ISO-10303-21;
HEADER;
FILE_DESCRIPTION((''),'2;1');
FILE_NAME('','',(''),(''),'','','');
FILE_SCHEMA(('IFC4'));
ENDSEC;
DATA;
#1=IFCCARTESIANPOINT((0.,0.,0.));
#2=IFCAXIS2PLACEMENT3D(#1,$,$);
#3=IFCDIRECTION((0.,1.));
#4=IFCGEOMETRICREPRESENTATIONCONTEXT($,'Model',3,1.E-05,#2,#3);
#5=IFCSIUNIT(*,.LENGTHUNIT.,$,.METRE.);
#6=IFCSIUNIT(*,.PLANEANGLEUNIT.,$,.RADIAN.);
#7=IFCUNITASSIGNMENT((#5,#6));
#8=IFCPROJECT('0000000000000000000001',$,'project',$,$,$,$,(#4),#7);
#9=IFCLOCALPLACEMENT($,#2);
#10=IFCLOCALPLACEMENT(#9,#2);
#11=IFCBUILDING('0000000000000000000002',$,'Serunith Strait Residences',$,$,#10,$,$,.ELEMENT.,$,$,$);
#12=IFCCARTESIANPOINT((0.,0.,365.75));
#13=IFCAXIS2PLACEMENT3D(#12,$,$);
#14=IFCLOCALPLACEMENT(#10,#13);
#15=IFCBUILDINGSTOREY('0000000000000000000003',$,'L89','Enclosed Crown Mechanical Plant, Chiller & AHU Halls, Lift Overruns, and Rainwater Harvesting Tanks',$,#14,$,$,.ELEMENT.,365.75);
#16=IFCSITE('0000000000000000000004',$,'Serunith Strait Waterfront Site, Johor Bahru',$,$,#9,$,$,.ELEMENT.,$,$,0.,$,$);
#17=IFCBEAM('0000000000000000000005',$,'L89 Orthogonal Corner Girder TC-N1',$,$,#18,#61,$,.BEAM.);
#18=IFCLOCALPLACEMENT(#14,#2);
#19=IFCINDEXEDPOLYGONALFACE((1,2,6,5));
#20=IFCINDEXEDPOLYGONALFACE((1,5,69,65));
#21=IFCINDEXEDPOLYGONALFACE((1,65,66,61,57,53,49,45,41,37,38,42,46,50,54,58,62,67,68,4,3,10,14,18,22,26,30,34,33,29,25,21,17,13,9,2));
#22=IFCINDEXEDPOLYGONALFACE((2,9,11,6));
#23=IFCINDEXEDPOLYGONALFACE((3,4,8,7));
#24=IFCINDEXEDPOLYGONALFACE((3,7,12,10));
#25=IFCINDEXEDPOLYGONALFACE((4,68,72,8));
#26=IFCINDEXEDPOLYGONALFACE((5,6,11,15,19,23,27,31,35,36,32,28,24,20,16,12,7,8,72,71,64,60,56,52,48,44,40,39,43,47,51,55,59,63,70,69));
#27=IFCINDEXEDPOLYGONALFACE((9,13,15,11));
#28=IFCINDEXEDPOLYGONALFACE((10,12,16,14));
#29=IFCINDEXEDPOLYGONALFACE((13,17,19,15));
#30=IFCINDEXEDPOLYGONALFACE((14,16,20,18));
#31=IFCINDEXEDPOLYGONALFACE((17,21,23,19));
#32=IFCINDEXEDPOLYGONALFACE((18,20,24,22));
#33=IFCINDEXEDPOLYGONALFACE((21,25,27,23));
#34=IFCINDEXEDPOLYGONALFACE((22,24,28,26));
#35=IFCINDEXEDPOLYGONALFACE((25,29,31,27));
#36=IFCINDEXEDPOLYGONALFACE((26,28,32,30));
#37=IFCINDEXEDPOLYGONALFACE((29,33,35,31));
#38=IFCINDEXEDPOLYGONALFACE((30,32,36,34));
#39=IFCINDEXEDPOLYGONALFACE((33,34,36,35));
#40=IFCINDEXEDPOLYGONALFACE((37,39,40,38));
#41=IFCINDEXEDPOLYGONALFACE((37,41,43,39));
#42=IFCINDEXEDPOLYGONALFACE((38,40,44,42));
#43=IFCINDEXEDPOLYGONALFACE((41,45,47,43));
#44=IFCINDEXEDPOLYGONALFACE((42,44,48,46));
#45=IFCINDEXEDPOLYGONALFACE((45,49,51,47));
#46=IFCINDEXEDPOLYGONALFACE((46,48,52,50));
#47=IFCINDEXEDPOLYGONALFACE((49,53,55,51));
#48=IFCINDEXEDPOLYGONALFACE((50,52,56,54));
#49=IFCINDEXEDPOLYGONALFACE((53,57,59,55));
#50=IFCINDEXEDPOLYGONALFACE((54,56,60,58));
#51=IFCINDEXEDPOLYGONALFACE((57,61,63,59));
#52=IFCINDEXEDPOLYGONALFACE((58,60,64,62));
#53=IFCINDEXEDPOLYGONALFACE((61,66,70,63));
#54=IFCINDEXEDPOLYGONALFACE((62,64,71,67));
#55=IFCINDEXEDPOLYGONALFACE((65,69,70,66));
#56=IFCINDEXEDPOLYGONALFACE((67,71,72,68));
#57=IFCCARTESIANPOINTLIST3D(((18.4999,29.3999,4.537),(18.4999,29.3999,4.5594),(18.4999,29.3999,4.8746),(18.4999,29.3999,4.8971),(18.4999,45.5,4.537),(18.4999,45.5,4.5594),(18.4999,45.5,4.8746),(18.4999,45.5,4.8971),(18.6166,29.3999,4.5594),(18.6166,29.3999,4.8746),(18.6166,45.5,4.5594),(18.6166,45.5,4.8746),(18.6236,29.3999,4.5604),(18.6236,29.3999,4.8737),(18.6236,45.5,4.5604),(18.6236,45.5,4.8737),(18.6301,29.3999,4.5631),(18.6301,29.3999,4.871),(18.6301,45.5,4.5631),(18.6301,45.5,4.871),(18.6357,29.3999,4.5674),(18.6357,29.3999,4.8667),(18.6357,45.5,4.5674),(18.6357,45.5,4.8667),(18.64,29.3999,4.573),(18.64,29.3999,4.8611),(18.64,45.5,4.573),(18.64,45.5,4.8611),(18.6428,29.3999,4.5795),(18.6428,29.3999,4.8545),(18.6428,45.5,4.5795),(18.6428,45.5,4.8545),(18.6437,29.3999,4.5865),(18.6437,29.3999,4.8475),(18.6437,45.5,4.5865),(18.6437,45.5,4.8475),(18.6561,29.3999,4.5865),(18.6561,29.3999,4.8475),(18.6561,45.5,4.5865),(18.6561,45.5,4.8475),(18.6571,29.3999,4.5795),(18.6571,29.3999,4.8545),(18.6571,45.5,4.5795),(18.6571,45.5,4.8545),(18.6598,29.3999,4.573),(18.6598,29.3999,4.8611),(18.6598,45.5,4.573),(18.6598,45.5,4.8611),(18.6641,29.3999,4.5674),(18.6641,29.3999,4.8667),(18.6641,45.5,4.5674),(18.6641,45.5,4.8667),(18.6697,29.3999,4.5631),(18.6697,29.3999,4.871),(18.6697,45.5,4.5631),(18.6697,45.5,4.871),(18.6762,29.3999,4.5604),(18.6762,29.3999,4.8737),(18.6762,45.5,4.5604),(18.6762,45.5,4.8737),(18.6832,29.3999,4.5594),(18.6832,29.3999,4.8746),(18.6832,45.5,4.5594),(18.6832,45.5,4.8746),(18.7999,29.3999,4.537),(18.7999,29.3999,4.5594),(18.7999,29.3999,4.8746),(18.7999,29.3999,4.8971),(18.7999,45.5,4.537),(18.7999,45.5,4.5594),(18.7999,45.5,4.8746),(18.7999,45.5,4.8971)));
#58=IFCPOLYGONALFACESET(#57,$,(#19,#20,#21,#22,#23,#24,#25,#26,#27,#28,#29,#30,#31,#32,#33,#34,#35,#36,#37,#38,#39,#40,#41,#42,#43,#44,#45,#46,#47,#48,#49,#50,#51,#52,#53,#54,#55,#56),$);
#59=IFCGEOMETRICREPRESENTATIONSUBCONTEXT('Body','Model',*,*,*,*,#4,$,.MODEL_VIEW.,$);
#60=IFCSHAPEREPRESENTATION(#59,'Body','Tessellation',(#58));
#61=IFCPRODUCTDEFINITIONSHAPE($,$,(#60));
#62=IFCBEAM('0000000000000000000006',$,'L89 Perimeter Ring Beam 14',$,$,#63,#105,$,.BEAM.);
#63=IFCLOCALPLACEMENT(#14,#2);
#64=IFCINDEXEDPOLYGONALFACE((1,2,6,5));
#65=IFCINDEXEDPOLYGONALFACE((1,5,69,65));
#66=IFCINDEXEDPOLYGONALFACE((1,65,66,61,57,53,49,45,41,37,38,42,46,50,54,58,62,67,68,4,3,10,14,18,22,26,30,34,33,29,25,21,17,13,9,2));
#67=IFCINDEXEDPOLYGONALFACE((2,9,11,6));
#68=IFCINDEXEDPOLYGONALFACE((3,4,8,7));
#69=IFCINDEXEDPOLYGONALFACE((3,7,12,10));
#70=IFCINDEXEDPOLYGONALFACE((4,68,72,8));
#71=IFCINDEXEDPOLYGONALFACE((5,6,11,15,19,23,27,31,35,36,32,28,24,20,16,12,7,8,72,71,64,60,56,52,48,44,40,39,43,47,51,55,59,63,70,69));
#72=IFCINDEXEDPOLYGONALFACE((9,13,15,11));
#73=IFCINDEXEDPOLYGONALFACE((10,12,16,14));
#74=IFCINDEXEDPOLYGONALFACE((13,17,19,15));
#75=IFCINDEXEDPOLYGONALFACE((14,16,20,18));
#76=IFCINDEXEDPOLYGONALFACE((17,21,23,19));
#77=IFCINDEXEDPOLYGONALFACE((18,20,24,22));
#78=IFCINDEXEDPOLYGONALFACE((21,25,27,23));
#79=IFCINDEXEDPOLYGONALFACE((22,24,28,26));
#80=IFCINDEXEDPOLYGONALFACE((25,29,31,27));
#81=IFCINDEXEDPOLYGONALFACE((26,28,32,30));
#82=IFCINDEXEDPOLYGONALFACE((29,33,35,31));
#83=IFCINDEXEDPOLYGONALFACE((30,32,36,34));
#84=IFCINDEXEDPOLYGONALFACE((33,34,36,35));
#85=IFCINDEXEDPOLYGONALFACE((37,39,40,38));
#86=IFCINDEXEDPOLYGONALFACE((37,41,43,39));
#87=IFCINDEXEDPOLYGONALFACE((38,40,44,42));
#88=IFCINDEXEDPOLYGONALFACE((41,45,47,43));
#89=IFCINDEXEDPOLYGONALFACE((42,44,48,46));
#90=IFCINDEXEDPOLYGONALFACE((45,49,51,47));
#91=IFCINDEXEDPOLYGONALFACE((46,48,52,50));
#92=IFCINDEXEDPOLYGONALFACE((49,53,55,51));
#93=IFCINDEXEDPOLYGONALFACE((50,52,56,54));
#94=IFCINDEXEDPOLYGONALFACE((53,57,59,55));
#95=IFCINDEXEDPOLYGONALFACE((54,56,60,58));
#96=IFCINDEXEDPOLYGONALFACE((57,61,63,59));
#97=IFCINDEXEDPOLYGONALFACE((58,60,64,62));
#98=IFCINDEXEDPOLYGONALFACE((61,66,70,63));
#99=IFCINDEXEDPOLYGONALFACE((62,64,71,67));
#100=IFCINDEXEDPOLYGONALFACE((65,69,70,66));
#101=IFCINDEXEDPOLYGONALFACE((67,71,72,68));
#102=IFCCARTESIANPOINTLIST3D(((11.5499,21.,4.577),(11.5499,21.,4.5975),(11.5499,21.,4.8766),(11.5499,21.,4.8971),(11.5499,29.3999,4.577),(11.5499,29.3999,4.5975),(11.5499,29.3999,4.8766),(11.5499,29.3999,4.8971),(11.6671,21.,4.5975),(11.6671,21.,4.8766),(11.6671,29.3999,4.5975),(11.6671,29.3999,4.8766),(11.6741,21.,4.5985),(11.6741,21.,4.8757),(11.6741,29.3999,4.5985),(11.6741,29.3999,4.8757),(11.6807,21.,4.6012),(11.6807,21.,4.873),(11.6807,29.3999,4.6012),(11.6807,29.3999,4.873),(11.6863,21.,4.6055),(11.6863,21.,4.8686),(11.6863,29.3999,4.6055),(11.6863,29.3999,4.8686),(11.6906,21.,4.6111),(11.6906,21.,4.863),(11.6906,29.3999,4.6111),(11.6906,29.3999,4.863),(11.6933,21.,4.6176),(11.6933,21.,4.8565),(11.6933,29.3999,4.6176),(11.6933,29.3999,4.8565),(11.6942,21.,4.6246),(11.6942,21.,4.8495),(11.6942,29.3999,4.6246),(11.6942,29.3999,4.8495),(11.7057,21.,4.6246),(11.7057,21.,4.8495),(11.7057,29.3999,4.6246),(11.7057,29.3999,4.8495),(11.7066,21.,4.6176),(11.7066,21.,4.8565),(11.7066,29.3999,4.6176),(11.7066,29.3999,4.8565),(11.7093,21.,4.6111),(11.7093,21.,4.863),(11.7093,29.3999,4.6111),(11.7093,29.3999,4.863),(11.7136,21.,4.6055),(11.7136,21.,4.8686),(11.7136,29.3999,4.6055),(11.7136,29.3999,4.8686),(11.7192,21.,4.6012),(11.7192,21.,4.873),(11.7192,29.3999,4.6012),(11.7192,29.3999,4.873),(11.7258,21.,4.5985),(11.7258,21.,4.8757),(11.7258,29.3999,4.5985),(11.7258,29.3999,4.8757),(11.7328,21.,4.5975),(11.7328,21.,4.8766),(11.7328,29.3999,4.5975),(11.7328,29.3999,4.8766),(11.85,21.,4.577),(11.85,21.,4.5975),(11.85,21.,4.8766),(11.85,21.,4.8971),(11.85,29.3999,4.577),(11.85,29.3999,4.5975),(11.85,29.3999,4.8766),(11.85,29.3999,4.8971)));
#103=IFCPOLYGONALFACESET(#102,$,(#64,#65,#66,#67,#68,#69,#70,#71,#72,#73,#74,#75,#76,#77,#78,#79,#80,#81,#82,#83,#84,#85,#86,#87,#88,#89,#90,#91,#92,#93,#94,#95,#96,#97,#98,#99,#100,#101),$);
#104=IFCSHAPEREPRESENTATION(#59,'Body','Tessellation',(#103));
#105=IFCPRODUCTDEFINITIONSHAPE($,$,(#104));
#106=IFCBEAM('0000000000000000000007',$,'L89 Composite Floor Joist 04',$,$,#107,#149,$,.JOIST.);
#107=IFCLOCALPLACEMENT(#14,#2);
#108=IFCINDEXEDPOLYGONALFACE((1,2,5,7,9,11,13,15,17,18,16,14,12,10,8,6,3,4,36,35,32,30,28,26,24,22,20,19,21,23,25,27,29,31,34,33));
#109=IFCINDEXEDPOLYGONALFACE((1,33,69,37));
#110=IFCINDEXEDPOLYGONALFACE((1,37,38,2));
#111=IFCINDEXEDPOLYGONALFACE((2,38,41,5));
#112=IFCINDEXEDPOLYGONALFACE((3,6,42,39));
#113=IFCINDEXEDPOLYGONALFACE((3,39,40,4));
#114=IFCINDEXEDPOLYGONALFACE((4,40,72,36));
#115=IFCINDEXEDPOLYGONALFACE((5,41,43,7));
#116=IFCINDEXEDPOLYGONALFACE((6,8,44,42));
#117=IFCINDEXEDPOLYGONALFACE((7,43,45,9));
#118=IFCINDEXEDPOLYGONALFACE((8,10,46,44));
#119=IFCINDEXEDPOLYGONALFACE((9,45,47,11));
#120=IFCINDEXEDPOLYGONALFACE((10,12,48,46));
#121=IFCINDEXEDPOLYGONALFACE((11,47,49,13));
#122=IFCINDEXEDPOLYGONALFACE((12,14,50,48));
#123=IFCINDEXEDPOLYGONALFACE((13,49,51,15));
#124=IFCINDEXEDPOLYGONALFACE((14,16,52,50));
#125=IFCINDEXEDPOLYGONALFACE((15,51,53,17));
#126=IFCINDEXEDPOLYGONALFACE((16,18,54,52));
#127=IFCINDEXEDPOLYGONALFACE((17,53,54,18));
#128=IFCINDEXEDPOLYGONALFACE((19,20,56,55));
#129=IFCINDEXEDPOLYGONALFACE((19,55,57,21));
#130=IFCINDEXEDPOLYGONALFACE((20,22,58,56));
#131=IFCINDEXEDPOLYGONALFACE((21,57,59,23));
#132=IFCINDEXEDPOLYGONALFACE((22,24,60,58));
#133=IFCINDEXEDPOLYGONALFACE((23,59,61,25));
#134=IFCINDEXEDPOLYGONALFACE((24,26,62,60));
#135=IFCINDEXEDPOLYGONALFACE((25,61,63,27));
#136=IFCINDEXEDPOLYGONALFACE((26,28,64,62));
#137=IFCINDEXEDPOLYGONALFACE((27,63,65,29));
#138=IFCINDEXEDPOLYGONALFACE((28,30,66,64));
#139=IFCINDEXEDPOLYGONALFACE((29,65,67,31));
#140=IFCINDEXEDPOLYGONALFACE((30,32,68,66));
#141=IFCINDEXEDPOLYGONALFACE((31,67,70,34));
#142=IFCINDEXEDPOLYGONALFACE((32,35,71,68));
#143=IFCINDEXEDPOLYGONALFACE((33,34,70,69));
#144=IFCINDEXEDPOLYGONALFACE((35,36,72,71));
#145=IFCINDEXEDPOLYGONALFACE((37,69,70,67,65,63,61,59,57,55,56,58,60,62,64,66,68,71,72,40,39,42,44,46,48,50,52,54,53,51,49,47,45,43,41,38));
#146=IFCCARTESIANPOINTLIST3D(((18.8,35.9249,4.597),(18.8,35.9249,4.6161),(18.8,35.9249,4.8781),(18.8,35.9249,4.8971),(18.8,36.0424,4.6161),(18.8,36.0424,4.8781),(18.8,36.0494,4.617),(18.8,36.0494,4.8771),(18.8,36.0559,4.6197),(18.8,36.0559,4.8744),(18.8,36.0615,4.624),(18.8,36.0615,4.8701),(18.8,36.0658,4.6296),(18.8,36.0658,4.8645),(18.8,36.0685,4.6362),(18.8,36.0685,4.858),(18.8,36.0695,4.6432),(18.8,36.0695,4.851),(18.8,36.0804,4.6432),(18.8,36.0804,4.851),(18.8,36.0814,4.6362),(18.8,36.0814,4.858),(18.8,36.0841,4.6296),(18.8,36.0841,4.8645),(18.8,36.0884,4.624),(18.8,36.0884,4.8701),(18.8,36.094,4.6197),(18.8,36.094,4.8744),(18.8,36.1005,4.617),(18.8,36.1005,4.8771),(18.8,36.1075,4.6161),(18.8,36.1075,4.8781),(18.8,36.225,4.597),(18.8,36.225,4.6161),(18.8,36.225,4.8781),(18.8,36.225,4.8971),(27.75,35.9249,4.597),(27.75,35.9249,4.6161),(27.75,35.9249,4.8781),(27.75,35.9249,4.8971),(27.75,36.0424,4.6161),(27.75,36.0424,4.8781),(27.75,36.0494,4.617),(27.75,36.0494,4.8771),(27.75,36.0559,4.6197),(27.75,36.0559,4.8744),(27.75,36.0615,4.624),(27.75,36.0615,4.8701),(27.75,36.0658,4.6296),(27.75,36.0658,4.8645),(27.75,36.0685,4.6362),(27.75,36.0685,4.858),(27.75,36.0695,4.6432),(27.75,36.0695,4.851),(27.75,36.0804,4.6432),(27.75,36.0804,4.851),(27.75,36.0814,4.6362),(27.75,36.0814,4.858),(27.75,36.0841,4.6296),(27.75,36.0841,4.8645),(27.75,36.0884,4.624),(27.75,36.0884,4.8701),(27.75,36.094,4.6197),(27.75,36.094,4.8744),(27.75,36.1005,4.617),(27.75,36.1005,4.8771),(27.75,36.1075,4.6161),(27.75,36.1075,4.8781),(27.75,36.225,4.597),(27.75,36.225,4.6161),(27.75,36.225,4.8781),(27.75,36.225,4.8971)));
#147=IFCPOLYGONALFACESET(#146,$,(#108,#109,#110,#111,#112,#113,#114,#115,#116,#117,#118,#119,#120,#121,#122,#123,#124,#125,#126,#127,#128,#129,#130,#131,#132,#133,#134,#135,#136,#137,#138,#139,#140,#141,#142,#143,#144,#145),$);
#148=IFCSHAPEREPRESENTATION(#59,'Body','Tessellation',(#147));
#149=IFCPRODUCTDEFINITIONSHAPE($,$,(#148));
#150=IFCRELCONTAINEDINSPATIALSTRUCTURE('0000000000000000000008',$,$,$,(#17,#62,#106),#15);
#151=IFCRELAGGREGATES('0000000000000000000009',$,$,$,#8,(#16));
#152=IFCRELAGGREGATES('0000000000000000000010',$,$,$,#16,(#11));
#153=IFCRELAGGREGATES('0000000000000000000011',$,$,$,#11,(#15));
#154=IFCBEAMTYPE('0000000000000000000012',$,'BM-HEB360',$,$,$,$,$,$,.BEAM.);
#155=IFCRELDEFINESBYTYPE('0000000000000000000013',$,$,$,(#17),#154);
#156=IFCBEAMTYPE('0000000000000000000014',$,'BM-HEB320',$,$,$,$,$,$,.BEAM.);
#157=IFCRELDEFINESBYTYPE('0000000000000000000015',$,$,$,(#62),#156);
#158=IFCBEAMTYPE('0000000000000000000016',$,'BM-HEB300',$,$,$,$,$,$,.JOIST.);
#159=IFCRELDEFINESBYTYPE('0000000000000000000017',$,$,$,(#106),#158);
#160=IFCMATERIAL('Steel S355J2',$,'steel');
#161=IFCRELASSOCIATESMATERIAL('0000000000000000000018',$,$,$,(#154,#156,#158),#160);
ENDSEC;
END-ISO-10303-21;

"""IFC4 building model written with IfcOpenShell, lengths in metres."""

from ifc_helpers import new_model, si_unit, direction, frame, origin, origin_2d, place, context, subcontext, project, spatial, i_section, extrude, source, transform, mapped, material, material_profile, profile_set, type_object, element, save


model = new_model("IFC4")

# Units and contexts
model_context = context("Model", 3, precision=1e-05, world=origin(), true_north=direction((0.0, 1.0)))
body_context = subcontext(model_context, "Body", "Model", "MODEL_VIEW")
ifc_project = project(units=[si_unit("LENGTHUNIT", "METRE"), si_unit("PLANEANGLEUNIT", "RADIAN")], contexts=[model_context])

# Site, building, storey
site_placement = place(None, origin())
site = spatial("IfcSite", under=ifc_project, at=site_placement, Name="Serunith Strait Waterfront Site, Johor Bahru", CompositionType="ELEMENT", RefElevation=0.0)
building_placement = place(site_placement, origin())
building = spatial("IfcBuilding", under=site, at=building_placement, Name="Serunith Strait Residences", CompositionType="ELEMENT")
storey_placement = place(building_placement, frame((0.0, 0.0, 365.75)))
storey = spatial("IfcBuildingStorey", under=building, at=storey_placement, Name="L89", Description="Enclosed Crown Mechanical Plant, Chiller & AHU Halls, Lift Overruns, and Rainwater Harvesting Tanks", CompositionType="ELEMENT", Elevation=365.75)

# Beams
ifc_material_1 = material(Name="Steel S355J2", Category="steel")
ifc_material_profile_1 = material_profile(ifc_material_1, i_section(OverallWidth=0.3, OverallDepth=0.3601, WebThickness=0.0125, FlangeThickness=0.0225, FilletRadius=0.0271, at=origin_2d()), Name="HEB 360")
ifc_profile_set_1 = profile_set([ifc_material_profile_1], Name="Steel S355J2")
beam_type_1 = type_object("IfcBeamType", Name="BM-HEB360", PredefinedType="BEAM", material=ifc_profile_set_1)
shared_shape_1 = source(origin(), body_context, "Body", "SweptSolid", [
    extrude(i_section(OverallWidth=0.3, OverallDepth=0.3601, WebThickness=0.0125, FlangeThickness=0.0225, FilletRadius=0.0271, at=origin_2d()), origin(), (0.0, 0.0, 1.0), 16.1001),
])
beam_1_placement = place(storey_placement, frame((18.6499, 29.3999, 4.717), z_axis=(0.0, 1.0, 0.0), x_axis=(-1.0, 0.0, 0.0)))
element("IfcBeam", 1, at=beam_1_placement, inside=storey, type_object=beam_type_1, Name="L89 Orthogonal Corner Girder TC-N1", PredefinedType="BEAM", context=body_context, shape_type="MappedRepresentation", body=[
    mapped(shared_shape_1, transform((0.0, 0.0, 0.0), scale=1.0)),
])
ifc_material_profile_2 = material_profile(ifc_material_1, i_section(OverallWidth=0.3, OverallDepth=0.3201, WebThickness=0.0115, FlangeThickness=0.0205, FilletRadius=0.0271, at=origin_2d()), Name="HEB 320")
ifc_profile_set_2 = profile_set([ifc_material_profile_2], Name="Steel S355J2")
beam_type_2 = type_object("IfcBeamType", Name="BM-HEB320", PredefinedType="BEAM", material=ifc_profile_set_2)
shared_shape_2 = source(origin(), body_context, "Body", "SweptSolid", [
    extrude(i_section(OverallWidth=0.3, OverallDepth=0.3201, WebThickness=0.0115, FlangeThickness=0.0205, FilletRadius=0.0271, at=origin_2d()), origin(), (0.0, 0.0, 1.0), 8.3999),
])
beam_2_placement = place(storey_placement, frame((11.7, 29.3999, 4.7371), z_axis=(0.0, -1.0, 0.0), x_axis=(1.0, 0.0, 0.0)))
element("IfcBeam", 2, at=beam_2_placement, inside=storey, type_object=beam_type_2, Name="L89 Perimeter Ring Beam 14", PredefinedType="BEAM", context=body_context, shape_type="MappedRepresentation", body=[
    mapped(shared_shape_2, transform((0.0, 0.0, 0.0), scale=1.0)),
])
ifc_material_profile_3 = material_profile(ifc_material_1, i_section(OverallWidth=0.3, OverallDepth=0.3, WebThickness=0.011, FlangeThickness=0.019, FilletRadius=0.0271, at=origin_2d()), Name="HEB 300")
ifc_profile_set_3 = profile_set([ifc_material_profile_3], Name="Steel S355J2")
beam_type_3 = type_object("IfcBeamType", Name="BM-HEB300", PredefinedType="JOIST", material=ifc_profile_set_3)
shared_shape_3 = source(origin(), body_context, "Body", "SweptSolid", [
    extrude(i_section(OverallWidth=0.3, OverallDepth=0.3, WebThickness=0.011, FlangeThickness=0.019, FilletRadius=0.0271, at=origin_2d()), origin(), (0.0, 0.0, 1.0), 8.95),
])
beam_3_placement = place(storey_placement, frame((18.8, 36.075, 4.7471), z_axis=(1.0, 0.0, 0.0), x_axis=(0.0, 1.0, 0.0)))
element("IfcBeam", 3, at=beam_3_placement, inside=storey, type_object=beam_type_3, Name="L89 Composite Floor Joist 04", PredefinedType="JOIST", context=body_context, shape_type="MappedRepresentation", body=[
    mapped(shared_shape_3, transform((0.0, 0.0, 0.0), scale=1.0)),
])

save(model, "model.ifc")
